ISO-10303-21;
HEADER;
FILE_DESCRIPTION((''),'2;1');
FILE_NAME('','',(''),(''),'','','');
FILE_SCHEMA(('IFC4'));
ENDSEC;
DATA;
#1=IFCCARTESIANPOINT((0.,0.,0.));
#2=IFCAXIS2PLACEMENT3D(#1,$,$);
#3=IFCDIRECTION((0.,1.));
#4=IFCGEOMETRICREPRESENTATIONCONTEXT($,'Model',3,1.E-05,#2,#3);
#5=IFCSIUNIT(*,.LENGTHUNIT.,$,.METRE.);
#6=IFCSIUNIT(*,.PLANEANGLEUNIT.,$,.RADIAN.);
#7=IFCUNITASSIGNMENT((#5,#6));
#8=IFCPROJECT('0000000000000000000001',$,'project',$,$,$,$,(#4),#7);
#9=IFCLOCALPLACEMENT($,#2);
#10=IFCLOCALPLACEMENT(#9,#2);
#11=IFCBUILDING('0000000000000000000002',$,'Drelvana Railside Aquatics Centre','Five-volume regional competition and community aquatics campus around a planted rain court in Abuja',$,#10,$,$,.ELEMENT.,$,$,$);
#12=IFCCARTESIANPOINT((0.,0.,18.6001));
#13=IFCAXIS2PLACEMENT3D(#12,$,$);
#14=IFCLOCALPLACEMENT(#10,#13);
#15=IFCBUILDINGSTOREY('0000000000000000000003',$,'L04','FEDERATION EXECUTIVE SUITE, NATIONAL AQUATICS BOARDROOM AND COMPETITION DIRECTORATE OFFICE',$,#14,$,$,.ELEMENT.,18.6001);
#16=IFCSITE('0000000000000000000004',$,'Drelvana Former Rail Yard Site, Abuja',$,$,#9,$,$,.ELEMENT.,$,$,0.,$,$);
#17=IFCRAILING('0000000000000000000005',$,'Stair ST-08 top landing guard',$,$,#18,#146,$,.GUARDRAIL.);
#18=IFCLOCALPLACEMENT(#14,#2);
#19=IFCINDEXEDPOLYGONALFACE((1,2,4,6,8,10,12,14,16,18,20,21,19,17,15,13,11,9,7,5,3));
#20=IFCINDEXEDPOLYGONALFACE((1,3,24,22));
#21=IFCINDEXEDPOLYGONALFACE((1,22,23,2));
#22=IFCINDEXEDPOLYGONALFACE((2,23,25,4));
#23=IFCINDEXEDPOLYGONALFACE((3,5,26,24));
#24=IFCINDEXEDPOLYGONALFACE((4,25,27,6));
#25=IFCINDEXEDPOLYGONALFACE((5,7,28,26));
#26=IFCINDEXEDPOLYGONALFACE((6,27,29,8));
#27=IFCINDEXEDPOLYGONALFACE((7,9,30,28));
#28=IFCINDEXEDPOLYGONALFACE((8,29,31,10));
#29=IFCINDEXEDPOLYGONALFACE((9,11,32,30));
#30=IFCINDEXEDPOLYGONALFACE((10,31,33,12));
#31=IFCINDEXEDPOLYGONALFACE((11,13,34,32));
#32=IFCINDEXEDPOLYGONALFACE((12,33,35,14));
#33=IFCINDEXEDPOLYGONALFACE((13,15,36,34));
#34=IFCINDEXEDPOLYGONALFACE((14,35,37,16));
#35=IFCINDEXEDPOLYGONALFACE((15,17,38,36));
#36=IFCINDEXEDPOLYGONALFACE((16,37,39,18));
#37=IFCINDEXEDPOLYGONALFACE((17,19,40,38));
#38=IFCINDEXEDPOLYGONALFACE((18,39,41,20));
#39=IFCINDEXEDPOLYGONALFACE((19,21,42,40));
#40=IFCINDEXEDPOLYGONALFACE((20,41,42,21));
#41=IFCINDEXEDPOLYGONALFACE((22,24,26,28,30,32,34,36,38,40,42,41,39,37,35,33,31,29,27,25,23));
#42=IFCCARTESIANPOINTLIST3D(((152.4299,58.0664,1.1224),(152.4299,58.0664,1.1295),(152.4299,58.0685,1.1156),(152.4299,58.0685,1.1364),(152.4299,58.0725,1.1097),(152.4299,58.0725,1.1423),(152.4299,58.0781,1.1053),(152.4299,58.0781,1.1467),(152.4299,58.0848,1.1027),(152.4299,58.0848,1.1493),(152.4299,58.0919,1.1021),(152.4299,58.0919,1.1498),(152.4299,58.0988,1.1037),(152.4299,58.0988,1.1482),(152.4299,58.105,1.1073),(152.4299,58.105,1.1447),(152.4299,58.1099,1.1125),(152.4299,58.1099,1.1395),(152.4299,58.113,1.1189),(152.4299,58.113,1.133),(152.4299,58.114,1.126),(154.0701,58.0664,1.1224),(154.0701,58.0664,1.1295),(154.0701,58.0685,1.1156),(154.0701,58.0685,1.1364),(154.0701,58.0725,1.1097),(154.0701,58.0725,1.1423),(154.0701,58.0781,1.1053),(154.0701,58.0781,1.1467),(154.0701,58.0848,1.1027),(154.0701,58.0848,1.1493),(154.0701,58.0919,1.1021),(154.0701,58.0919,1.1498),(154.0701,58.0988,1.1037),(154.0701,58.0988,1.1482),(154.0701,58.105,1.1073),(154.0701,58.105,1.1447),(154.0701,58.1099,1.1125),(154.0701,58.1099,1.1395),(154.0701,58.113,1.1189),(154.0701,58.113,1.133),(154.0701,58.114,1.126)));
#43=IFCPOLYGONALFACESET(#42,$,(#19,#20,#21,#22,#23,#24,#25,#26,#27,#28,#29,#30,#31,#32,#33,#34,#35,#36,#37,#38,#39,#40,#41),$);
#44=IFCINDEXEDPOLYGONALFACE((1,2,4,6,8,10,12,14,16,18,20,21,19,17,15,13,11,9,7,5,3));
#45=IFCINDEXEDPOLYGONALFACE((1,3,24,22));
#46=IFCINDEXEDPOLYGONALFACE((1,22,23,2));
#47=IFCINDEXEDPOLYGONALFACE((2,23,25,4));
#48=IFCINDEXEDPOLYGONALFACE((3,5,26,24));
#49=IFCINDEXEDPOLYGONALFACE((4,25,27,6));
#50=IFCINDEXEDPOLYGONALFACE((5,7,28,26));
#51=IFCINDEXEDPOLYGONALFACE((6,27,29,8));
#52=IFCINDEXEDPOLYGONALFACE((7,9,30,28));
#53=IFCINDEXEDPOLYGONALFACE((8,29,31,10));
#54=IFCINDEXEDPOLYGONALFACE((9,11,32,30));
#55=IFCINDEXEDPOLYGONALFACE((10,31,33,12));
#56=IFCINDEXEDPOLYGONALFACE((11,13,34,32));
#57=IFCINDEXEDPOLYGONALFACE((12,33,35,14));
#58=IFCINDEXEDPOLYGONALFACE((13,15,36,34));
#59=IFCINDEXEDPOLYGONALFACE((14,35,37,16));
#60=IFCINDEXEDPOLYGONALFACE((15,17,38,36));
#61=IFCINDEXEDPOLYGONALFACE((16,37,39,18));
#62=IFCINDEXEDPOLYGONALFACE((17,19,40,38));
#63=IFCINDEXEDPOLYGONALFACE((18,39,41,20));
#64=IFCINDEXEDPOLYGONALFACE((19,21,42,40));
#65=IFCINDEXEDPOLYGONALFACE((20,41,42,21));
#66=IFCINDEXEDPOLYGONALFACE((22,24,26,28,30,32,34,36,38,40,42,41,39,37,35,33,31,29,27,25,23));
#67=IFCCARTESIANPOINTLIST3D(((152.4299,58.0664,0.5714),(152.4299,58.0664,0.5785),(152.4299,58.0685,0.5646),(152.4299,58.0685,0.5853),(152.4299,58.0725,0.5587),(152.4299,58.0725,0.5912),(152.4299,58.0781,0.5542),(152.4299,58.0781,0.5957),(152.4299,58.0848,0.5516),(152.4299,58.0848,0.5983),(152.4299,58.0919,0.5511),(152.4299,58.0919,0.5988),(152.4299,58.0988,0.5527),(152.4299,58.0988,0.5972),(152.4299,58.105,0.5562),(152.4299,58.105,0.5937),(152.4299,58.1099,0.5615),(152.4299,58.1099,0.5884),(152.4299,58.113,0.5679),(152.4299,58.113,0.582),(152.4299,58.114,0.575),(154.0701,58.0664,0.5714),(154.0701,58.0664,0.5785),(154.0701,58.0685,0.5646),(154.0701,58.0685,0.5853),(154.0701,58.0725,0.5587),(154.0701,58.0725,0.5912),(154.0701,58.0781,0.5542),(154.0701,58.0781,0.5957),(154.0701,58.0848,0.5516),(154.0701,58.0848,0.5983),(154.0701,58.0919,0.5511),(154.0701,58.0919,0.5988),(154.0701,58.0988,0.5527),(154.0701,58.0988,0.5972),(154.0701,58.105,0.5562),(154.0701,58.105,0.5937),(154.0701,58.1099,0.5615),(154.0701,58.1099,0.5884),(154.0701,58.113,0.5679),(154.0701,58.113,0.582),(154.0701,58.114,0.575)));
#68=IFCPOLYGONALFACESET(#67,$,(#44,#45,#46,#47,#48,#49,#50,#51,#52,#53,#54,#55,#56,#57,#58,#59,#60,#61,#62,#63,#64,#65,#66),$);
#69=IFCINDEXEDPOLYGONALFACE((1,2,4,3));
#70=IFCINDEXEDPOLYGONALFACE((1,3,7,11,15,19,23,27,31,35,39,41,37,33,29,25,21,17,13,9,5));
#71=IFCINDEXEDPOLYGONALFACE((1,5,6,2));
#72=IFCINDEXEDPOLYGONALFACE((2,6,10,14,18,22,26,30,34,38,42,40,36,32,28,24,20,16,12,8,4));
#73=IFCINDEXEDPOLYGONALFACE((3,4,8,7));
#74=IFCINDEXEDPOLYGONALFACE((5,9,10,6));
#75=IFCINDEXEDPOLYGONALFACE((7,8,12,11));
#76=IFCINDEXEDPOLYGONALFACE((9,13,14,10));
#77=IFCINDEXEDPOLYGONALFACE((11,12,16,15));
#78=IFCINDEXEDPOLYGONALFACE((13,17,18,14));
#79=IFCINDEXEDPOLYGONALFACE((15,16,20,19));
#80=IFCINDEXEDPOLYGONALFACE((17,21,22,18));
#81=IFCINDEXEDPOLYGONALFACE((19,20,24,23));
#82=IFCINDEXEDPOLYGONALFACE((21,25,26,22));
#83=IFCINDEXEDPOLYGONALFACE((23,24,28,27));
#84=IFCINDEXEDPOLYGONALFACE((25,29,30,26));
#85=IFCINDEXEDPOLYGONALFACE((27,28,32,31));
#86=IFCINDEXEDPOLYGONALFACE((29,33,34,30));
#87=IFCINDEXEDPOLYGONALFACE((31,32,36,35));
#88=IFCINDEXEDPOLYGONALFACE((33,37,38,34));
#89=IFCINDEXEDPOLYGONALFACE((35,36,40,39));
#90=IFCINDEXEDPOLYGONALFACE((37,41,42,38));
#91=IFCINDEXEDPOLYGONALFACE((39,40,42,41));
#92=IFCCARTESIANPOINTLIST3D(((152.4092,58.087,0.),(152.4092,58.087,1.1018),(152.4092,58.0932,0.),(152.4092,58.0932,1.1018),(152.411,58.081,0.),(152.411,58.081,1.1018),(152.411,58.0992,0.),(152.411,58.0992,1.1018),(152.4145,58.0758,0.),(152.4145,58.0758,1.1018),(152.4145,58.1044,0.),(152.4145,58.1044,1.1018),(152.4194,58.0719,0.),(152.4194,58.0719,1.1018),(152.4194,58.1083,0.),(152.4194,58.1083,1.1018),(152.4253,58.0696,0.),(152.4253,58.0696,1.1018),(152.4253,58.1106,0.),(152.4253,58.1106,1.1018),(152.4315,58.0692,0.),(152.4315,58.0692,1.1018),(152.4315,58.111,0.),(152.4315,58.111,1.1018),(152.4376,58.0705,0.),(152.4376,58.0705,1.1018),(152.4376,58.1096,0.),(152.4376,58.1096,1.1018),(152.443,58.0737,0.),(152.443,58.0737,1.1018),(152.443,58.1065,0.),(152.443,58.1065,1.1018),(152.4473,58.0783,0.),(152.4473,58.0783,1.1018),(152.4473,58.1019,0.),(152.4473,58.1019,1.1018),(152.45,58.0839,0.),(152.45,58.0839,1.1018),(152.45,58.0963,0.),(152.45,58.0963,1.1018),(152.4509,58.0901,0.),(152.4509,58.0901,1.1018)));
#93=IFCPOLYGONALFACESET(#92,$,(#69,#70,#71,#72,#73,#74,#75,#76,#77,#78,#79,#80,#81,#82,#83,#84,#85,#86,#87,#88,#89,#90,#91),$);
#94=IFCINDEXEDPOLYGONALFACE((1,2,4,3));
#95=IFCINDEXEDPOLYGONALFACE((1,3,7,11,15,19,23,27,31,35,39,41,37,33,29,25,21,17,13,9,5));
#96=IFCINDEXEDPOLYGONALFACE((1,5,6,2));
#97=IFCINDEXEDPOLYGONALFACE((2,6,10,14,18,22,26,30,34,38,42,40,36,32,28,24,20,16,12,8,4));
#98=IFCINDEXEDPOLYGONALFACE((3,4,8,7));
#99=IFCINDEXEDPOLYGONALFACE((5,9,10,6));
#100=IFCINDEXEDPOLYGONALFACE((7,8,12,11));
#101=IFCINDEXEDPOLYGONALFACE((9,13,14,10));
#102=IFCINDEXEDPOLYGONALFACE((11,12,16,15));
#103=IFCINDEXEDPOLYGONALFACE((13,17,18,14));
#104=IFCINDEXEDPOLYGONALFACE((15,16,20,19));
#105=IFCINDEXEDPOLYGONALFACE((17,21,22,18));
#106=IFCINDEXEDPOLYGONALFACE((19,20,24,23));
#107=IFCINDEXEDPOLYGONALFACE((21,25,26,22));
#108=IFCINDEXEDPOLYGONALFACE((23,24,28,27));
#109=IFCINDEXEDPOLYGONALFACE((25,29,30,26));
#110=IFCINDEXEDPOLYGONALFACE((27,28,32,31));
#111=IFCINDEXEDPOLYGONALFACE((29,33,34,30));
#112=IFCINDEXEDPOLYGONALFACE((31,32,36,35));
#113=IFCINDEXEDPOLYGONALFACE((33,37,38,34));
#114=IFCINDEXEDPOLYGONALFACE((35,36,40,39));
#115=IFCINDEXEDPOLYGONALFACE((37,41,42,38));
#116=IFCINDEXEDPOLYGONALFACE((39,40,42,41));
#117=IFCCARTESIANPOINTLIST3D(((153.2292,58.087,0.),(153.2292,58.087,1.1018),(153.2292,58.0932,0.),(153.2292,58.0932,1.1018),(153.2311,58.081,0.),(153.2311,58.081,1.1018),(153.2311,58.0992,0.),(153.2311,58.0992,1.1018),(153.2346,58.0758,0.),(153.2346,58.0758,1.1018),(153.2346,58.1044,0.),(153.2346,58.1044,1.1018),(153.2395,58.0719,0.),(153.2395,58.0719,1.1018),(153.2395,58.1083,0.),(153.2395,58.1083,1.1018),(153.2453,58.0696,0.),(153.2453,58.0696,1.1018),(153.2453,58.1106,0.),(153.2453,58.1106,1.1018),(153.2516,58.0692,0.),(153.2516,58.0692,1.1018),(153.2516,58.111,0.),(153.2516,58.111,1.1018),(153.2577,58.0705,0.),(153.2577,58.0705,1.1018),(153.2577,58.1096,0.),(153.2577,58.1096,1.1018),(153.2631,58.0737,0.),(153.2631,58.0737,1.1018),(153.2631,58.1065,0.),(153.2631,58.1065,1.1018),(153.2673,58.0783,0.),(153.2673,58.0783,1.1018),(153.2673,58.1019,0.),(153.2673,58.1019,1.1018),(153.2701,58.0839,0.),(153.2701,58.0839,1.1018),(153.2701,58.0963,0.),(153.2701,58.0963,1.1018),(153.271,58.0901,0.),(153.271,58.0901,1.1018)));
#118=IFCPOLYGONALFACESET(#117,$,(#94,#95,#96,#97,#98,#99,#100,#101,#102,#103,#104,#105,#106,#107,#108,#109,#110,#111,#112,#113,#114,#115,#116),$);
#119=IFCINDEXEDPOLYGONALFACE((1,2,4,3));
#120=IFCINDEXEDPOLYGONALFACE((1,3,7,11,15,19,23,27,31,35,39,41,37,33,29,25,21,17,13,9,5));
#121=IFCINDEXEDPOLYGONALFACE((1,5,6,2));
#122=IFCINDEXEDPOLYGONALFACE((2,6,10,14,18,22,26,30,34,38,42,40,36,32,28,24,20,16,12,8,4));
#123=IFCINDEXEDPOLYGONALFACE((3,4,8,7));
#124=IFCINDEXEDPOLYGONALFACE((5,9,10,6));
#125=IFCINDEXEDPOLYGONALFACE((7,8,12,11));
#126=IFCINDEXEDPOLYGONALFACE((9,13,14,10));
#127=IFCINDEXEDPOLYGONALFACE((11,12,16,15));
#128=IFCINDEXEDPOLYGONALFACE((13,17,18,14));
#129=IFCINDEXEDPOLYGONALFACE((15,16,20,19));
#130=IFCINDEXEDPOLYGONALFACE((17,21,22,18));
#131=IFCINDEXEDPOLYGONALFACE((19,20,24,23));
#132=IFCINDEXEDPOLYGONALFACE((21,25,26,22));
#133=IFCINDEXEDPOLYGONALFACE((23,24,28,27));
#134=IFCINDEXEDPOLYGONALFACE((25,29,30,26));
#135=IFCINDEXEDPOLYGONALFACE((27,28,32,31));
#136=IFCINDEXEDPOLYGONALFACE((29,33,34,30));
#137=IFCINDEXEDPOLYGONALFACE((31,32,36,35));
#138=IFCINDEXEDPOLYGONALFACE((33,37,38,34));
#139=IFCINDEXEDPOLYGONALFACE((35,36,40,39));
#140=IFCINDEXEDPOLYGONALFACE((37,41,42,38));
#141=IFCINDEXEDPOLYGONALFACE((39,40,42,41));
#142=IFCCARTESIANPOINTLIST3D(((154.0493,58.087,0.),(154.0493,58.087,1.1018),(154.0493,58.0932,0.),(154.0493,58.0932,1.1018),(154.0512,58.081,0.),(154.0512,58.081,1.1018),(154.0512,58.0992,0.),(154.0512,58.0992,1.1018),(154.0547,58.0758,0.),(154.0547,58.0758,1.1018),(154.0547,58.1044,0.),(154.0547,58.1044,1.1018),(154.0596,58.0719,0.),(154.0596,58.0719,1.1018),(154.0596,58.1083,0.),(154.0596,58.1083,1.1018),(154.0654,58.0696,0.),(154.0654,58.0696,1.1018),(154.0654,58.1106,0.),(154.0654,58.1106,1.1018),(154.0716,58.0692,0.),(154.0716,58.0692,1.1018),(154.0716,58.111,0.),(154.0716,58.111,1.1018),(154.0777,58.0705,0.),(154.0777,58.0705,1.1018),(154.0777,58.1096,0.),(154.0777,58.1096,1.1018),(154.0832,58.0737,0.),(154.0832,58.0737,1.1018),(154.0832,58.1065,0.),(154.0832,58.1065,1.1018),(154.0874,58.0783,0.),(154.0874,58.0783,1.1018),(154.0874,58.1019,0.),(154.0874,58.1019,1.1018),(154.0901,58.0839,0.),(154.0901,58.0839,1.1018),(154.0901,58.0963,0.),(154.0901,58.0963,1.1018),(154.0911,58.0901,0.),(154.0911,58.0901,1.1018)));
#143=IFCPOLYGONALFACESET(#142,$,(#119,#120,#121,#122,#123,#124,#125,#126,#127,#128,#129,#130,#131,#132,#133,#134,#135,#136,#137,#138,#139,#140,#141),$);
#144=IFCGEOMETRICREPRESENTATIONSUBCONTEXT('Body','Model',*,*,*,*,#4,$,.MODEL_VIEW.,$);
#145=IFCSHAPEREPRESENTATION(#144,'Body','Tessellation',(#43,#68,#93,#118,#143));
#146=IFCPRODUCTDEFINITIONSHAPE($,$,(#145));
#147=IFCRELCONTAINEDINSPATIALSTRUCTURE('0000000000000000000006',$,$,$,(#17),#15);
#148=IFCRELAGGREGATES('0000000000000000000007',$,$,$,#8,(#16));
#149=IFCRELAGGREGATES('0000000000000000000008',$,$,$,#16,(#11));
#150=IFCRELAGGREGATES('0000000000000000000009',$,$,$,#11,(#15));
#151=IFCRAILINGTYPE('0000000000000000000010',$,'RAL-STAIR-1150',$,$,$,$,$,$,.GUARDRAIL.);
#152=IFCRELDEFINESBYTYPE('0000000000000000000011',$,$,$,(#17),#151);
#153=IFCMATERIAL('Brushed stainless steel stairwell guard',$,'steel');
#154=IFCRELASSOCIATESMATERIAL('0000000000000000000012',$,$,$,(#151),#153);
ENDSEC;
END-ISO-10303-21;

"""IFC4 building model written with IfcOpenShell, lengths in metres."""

from ifc_helpers import new_model, si_unit, direction, frame, origin, origin_2d, place, context, subcontext, project, spatial, circle, extrude, material, type_object, element, save


model = new_model("IFC4")

# Units and contexts
model_context = context("Model", 3, precision=1e-05, world=origin(), true_north=direction((0.0, 1.0)))
body_context = subcontext(model_context, "Body", "Model", "MODEL_VIEW")
ifc_project = project(units=[si_unit("LENGTHUNIT", "METRE"), si_unit("PLANEANGLEUNIT", "RADIAN")], contexts=[model_context])

# Site, building, storey
site_placement = place(None, origin())
site = spatial("IfcSite", under=ifc_project, at=site_placement, Name="Drelvana Former Rail Yard Site, Abuja", CompositionType="ELEMENT", RefElevation=0.0)
building_placement = place(site_placement, origin())
building = spatial("IfcBuilding", under=site, at=building_placement, Name="Drelvana Railside Aquatics Centre", Description="Five-volume regional competition and community aquatics campus around a planted rain court in Abuja", CompositionType="ELEMENT")
storey_placement = place(building_placement, frame((0.0, 0.0, 18.6001)))
storey = spatial("IfcBuildingStorey", under=building, at=storey_placement, Name="L04", Description="FEDERATION EXECUTIVE SUITE, NATIONAL AQUATICS BOARDROOM AND COMPETITION DIRECTORATE OFFICE", CompositionType="ELEMENT", Elevation=18.6001)

# Railing
ifc_material_1 = material(Name="Brushed stainless steel stairwell guard", Category="steel")
railing_type = type_object("IfcRailingType", Name="RAL-STAIR-1150", PredefinedType="GUARDRAIL", material=ifc_material_1)
railing_placement = place(storey_placement, frame((152.4299, 58.0901, 0.0)))
element("IfcRailing", 1, at=railing_placement, inside=storey, type_object=railing_type, Name="Stair ST-08 top landing guard", PredefinedType="GUARDRAIL", context=body_context, shape_type="SweptSolid", body=[
    extrude(circle(Radius=0.0239, at=origin_2d()), frame((0.0, 0.0, 1.126), z_axis=(1.0, 0.0, 0.0), x_axis=(0.0, 1.0, 0.0)), (0.0, 0.0, 1.0), 1.6401),
    extrude(circle(Radius=0.0239, at=origin_2d()), frame((0.0, 0.0, 0.575), z_axis=(1.0, 0.0, 0.0), x_axis=(0.0, 1.0, 0.0)), (0.0, 0.0, 1.0), 1.6401),
    extrude(circle(Radius=0.021, at=origin_2d()), origin(), (0.0, 0.0, 1.0), 1.1018),
    extrude(circle(Radius=0.021, at=origin_2d()), frame((0.8201, 0.0, 0.0)), (0.0, 0.0, 1.0), 1.1018),
    extrude(circle(Radius=0.021, at=origin_2d()), frame((1.6401, 0.0, 0.0)), (0.0, 0.0, 1.0), 1.1018),
])

save(model, "model.ifc")
